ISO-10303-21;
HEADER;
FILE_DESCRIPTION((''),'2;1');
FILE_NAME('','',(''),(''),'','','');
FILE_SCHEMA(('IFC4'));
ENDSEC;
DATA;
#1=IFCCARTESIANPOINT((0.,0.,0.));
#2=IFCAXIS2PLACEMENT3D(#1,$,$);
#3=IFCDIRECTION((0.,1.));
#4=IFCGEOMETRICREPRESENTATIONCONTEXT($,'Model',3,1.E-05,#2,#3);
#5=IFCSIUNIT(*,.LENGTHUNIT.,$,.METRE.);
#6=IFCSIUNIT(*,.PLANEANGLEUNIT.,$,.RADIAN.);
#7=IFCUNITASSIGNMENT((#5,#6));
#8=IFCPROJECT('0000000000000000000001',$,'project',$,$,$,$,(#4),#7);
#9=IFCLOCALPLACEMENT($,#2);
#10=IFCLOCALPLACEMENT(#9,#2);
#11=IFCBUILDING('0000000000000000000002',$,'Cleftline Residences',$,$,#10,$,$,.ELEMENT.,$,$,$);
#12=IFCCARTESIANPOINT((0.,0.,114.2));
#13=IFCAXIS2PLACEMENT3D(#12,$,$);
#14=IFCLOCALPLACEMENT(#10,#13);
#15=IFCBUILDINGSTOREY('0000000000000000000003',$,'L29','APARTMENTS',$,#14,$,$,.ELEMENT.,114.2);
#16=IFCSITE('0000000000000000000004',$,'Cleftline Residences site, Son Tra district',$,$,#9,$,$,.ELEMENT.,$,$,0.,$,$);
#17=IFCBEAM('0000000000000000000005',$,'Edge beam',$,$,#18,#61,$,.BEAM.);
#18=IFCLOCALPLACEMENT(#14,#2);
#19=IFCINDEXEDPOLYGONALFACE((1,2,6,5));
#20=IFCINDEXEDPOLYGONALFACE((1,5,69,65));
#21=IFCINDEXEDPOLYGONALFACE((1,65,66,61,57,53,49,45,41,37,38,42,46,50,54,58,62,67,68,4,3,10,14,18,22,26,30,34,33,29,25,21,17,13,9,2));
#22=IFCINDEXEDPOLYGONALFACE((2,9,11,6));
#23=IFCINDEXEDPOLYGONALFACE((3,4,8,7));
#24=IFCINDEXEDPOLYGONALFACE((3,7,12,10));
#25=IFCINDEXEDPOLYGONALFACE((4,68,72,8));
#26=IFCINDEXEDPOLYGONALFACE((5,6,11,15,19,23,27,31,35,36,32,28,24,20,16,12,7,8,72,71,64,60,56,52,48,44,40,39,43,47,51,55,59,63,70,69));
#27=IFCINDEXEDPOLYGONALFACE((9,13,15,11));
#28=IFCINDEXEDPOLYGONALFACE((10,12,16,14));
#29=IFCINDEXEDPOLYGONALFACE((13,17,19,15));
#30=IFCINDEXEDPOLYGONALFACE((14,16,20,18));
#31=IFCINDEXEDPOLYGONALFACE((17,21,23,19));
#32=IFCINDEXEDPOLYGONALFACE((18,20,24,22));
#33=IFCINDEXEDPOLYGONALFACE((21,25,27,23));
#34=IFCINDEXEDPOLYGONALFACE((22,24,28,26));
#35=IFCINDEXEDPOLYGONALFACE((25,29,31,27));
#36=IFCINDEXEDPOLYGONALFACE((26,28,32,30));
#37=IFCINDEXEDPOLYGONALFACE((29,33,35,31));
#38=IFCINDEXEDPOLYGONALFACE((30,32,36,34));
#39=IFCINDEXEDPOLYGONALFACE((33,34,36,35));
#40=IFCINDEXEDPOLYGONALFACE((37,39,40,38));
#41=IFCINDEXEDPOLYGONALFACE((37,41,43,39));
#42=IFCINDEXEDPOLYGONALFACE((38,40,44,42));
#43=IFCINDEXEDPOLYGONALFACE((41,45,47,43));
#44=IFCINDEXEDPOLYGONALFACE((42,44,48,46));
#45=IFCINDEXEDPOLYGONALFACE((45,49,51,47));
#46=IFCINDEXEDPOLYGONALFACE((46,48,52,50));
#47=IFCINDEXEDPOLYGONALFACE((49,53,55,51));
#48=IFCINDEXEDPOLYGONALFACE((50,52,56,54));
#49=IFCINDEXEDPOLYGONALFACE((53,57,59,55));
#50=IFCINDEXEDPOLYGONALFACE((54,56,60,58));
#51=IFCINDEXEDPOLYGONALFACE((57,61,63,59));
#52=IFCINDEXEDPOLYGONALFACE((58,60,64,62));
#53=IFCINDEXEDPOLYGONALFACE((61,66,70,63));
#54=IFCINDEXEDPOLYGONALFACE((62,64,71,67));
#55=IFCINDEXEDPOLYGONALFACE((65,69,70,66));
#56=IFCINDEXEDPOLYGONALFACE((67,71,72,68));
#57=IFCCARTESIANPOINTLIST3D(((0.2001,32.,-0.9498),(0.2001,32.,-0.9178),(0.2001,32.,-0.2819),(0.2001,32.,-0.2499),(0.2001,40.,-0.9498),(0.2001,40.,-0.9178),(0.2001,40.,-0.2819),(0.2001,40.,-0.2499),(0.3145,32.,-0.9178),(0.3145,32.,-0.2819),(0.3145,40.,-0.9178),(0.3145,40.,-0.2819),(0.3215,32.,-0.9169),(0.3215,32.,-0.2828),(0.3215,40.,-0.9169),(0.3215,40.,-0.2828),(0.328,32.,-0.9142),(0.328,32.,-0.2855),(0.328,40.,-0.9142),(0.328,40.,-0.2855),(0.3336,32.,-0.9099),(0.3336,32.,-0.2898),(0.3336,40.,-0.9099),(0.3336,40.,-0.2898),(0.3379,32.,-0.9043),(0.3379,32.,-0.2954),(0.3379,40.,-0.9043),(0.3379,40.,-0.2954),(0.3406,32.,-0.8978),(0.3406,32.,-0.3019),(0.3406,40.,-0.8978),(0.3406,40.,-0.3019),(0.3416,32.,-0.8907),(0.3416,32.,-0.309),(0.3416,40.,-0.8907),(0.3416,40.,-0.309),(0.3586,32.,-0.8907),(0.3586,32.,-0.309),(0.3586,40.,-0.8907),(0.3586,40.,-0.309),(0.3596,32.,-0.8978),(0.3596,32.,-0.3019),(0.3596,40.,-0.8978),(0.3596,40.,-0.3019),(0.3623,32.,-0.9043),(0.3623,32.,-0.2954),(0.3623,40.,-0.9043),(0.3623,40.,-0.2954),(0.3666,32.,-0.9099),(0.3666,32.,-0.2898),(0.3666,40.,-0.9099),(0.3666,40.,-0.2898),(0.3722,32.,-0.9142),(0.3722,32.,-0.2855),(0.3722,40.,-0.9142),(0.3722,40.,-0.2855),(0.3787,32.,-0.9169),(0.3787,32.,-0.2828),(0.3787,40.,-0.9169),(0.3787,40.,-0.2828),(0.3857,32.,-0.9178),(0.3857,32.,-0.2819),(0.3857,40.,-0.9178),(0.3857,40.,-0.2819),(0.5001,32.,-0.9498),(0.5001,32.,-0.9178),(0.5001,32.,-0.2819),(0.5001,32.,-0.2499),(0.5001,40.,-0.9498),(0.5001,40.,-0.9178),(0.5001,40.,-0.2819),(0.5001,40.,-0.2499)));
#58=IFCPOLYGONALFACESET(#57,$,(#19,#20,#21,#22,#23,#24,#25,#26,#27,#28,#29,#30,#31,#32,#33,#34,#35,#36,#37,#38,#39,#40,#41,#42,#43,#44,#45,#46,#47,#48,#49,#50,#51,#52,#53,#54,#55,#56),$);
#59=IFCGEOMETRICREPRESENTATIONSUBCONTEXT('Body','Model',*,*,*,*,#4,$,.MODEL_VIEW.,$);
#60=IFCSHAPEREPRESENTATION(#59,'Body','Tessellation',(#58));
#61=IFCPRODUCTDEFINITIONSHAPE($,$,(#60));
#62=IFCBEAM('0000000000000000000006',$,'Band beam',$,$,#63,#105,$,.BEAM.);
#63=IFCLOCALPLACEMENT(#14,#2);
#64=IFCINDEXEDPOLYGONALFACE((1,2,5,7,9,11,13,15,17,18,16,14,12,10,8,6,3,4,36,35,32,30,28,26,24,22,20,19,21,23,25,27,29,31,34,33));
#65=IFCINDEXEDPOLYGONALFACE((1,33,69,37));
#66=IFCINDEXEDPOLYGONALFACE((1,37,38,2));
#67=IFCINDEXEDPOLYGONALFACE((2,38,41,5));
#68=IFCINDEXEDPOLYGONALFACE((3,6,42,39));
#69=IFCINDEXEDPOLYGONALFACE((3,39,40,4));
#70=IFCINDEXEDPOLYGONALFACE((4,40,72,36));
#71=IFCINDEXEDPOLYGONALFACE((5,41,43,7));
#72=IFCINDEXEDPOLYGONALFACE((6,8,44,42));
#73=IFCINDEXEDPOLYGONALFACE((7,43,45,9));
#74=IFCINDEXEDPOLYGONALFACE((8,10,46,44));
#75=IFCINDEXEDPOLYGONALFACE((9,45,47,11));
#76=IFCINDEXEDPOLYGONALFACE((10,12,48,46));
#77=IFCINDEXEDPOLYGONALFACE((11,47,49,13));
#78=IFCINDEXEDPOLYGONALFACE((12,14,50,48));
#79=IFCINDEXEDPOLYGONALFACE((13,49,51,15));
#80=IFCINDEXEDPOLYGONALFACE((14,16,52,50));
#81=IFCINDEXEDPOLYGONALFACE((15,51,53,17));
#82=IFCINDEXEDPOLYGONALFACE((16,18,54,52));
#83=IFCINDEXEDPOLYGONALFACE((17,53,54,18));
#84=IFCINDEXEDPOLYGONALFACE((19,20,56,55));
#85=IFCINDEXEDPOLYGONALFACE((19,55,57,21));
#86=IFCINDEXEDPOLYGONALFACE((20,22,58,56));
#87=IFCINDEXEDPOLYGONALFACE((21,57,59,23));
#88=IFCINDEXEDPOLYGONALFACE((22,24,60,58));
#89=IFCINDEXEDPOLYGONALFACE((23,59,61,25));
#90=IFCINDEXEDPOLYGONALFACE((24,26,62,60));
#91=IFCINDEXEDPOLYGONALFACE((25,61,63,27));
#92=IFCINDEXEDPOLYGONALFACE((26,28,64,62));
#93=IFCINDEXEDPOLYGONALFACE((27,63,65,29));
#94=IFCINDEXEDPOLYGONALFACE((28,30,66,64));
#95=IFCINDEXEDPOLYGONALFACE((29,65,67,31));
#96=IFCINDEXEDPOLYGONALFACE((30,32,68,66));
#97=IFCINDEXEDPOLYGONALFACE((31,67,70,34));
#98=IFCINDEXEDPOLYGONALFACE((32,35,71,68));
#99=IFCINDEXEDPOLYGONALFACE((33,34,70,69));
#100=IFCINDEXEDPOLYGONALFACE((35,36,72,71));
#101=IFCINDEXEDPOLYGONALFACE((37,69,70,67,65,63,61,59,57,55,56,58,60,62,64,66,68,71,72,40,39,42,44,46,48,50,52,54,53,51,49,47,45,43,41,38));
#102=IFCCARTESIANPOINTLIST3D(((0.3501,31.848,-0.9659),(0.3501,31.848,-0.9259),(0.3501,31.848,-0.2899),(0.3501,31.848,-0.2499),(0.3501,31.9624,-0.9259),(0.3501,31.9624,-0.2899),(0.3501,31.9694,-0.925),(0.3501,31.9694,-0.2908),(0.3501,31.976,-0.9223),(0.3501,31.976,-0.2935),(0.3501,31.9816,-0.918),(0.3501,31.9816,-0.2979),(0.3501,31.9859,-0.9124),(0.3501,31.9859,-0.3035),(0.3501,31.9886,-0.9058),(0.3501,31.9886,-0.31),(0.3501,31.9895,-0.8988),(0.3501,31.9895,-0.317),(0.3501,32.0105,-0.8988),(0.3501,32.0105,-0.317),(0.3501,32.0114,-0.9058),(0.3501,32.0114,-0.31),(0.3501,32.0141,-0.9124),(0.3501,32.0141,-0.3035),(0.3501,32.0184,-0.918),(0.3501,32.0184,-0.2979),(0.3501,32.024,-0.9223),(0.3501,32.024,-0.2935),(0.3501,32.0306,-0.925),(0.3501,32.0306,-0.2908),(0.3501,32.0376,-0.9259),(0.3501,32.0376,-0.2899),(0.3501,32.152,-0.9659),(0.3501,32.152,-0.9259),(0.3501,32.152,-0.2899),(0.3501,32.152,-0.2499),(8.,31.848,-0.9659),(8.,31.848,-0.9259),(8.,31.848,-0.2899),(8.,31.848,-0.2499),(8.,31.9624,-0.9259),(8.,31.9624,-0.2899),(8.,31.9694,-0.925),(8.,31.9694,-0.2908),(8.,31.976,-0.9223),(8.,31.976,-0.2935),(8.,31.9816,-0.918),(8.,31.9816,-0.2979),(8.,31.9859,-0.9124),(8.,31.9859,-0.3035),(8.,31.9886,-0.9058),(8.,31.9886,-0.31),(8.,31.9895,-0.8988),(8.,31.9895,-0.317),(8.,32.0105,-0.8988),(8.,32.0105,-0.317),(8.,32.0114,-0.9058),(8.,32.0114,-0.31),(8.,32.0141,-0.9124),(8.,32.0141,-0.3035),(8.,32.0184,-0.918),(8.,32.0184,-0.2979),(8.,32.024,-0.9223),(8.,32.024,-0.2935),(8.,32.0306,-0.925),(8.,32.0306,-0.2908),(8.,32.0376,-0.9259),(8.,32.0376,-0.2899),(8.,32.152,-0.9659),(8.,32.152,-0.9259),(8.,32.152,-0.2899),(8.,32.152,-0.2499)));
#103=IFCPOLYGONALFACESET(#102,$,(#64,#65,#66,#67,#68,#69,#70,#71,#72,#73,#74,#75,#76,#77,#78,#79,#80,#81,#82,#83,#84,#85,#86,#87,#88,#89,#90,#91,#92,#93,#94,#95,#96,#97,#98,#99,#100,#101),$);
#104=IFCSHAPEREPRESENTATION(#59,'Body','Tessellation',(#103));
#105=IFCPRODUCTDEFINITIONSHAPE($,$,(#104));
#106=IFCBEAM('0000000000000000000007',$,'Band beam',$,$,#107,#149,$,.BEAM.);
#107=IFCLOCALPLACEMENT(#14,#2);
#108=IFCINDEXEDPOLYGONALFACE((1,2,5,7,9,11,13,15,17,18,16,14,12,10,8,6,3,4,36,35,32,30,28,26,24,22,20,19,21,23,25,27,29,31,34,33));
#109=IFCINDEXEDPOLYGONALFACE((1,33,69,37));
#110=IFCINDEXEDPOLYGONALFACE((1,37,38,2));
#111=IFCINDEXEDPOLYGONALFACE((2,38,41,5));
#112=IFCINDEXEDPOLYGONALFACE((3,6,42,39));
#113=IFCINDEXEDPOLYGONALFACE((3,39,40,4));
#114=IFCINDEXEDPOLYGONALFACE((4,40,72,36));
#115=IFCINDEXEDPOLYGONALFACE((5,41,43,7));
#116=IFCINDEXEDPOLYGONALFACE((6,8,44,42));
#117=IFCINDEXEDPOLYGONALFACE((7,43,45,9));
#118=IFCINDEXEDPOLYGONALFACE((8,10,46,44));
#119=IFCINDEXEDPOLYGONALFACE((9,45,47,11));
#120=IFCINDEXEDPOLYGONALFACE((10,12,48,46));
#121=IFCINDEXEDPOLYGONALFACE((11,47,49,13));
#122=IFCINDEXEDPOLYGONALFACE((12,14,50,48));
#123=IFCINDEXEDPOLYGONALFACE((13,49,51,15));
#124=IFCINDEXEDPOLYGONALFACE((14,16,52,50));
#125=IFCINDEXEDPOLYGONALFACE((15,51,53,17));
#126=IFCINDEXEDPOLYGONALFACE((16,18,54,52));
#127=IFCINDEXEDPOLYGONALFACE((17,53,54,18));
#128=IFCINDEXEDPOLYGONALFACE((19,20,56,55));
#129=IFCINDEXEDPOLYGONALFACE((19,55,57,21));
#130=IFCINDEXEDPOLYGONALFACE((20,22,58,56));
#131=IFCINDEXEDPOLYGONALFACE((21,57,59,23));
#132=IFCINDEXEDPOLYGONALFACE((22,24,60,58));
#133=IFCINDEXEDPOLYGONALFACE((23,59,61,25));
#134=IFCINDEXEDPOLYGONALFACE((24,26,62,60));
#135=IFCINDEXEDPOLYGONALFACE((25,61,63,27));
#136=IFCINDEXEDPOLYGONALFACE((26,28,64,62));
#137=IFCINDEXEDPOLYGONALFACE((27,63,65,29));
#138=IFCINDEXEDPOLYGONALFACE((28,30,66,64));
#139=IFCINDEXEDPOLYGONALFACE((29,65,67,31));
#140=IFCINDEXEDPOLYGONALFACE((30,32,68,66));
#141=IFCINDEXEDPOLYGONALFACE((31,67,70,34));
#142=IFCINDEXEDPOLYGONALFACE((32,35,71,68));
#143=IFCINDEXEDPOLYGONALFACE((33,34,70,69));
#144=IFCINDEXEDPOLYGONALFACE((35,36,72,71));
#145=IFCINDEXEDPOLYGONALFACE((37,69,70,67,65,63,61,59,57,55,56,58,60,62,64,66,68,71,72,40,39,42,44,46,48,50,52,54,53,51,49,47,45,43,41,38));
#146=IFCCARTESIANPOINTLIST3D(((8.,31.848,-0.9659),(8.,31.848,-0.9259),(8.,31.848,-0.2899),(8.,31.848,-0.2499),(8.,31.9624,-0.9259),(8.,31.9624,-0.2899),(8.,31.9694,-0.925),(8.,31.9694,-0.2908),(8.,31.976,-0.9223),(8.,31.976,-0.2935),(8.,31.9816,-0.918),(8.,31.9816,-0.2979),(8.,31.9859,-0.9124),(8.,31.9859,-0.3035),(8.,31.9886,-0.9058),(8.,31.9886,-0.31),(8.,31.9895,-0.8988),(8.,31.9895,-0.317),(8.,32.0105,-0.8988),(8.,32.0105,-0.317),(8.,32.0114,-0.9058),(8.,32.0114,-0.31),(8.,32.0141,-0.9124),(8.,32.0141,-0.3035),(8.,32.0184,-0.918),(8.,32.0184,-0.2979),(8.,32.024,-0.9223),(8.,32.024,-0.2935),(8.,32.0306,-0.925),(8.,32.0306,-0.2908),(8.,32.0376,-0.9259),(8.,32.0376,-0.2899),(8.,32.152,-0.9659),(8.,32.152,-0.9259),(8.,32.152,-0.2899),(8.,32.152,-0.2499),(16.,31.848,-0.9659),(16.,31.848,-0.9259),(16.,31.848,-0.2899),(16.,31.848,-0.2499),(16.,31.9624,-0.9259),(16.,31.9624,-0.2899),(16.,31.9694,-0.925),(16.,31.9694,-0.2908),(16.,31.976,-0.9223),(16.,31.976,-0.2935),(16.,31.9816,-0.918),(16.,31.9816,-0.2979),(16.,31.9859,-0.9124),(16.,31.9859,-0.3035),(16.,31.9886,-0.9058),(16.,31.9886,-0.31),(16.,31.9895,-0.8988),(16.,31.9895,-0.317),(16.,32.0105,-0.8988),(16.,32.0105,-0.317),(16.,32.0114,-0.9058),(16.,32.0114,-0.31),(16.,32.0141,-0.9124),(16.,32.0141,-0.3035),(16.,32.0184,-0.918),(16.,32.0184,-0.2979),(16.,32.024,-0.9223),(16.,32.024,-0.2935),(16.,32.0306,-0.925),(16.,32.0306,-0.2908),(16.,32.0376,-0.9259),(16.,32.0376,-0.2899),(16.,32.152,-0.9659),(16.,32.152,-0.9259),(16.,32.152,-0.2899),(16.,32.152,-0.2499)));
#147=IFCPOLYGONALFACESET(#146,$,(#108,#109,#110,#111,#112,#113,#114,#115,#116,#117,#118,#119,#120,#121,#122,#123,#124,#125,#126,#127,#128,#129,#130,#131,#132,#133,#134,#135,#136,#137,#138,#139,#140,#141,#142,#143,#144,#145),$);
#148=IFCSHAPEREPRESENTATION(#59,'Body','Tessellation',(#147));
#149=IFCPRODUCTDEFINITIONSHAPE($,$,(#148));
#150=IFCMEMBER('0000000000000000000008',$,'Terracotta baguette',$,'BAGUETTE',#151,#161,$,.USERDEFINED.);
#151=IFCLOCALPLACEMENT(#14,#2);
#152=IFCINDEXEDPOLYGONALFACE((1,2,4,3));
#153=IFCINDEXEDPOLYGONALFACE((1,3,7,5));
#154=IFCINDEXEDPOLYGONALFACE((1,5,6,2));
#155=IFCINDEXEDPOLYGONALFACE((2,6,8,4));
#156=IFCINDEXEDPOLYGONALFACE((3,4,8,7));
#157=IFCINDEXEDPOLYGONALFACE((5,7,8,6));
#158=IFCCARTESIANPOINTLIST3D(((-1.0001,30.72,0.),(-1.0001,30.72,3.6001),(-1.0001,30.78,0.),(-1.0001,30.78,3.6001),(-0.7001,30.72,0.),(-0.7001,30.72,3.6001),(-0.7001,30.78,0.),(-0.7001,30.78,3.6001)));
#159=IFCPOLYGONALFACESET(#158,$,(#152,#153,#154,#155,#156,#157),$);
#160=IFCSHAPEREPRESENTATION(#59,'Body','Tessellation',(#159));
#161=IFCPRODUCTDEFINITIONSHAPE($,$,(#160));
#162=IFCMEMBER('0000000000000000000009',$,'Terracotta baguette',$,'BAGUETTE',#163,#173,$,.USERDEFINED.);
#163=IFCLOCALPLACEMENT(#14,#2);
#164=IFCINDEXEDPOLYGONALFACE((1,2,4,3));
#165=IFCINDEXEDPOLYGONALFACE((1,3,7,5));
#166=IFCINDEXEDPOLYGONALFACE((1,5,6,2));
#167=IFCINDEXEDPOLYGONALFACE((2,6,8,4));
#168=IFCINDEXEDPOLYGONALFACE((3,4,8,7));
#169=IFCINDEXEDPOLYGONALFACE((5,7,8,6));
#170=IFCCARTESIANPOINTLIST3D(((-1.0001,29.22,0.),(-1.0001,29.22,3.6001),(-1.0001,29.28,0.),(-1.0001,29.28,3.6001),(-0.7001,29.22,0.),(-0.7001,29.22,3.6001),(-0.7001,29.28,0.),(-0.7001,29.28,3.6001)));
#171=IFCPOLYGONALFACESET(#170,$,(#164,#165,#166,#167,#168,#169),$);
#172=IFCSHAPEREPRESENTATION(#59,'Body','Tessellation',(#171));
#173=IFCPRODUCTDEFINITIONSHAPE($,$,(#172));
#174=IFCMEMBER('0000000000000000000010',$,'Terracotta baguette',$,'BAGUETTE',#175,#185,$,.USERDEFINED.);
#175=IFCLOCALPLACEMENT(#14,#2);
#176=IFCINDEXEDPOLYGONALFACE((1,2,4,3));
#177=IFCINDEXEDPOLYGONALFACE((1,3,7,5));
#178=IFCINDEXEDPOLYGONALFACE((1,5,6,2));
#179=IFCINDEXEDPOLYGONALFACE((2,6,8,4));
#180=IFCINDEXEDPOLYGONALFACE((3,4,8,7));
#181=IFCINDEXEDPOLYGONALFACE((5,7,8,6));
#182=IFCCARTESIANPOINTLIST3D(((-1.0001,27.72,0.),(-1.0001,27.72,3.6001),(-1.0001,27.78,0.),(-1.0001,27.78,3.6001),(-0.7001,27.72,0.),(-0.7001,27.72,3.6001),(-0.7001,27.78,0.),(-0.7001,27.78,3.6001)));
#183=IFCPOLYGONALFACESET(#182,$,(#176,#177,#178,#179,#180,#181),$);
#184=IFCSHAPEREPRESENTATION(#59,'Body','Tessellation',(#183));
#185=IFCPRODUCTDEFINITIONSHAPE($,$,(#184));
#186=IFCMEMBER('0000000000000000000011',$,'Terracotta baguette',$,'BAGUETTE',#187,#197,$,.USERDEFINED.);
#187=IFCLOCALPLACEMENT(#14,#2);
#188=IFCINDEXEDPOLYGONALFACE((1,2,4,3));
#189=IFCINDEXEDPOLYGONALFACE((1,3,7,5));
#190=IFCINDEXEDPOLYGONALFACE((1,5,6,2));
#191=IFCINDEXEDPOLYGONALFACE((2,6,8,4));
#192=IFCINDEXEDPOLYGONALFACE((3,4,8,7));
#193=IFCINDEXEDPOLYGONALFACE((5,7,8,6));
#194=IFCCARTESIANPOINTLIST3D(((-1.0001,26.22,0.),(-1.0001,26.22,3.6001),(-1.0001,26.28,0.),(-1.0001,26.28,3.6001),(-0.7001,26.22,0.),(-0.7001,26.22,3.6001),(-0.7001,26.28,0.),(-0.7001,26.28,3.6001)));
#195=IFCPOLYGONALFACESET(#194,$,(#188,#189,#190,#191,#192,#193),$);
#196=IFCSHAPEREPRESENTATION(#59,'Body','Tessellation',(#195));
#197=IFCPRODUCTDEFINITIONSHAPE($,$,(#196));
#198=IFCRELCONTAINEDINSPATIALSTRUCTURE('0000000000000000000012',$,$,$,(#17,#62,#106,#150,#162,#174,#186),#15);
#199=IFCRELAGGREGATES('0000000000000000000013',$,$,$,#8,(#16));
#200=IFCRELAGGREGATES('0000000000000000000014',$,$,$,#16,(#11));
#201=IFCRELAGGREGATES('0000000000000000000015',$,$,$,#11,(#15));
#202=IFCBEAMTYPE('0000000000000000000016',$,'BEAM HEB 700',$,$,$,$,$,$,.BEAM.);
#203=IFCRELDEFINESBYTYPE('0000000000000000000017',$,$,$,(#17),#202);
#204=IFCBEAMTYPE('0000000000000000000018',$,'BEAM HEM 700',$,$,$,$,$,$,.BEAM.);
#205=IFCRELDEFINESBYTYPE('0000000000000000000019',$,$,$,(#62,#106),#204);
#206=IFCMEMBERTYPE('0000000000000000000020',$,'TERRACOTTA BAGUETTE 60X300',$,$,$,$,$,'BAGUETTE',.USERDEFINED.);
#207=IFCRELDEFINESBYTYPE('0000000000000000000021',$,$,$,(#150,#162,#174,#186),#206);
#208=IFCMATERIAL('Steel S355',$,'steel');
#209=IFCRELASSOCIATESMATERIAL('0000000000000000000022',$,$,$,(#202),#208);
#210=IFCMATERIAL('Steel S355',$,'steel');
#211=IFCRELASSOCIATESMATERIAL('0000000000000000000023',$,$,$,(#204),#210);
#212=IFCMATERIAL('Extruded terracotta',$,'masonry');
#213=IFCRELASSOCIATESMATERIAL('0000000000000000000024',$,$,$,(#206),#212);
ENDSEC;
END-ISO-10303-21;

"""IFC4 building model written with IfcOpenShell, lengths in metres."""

from ifc_helpers import new_model, si_unit, direction, frame, origin, origin_2d, place, context, subcontext, project, spatial, rectangle, i_section, extrude, material, material_profile, profile_set, type_object, element, save


model = new_model("IFC4")

# Units and contexts
model_context = context("Model", 3, precision=1e-05, world=origin(), true_north=direction((0.0, 1.0)))
body_context = subcontext(model_context, "Body", "Model", "MODEL_VIEW")
ifc_project = project(units=[si_unit("LENGTHUNIT", "METRE"), si_unit("PLANEANGLEUNIT", "RADIAN")], contexts=[model_context])

# Site, building, storey
site_placement = place(None, origin())
site = spatial("IfcSite", under=ifc_project, at=site_placement, Name="Cleftline Residences site, Son Tra district", CompositionType="ELEMENT", RefElevation=0.0)
building_placement = place(site_placement, origin())
building = spatial("IfcBuilding", under=site, at=building_placement, Name="Cleftline Residences", CompositionType="ELEMENT")
storey_placement = place(building_placement, frame((0.0, 0.0, 114.2)))
storey = spatial("IfcBuildingStorey", under=building, at=storey_placement, Name="L29", Description="APARTMENTS", CompositionType="ELEMENT", Elevation=114.2)

# Beams
ifc_material_1 = material(Name="Steel S355", Category="steel")
ifc_material_profile_1 = material_profile(ifc_material_1, i_section(OverallWidth=0.3, OverallDepth=0.7, WebThickness=0.0171, FlangeThickness=0.032, FilletRadius=0.0271, at=origin_2d()))
ifc_profile_set_1 = profile_set([ifc_material_profile_1], Name="Steel S355")
beam_type_1 = type_object("IfcBeamType", Name="BEAM HEB 700", PredefinedType="BEAM", material=ifc_profile_set_1)
for number, where, z_axis, x_axis, name in (
    (1, (0.3501, 32.0, -0.5999), (0.0, 1.0, 0.0), (-1.0, 0.0, 0.0), "Edge beam"),
):
    element("IfcBeam", number, at=place(storey_placement, frame(where, z_axis=z_axis, x_axis=x_axis)), inside=storey, type_object=beam_type_1, Name=name, PredefinedType="BEAM", context=body_context, shape_type="SweptSolid", body=[
        extrude(i_section(OverallWidth=0.3, OverallDepth=0.7, WebThickness=0.0171, FlangeThickness=0.032, FilletRadius=0.0271, at=origin_2d()), origin(), (0.0, 0.0, 1.0), 8.0),
    ])
ifc_material_2 = material(Name="Steel S355", Category="steel")
ifc_material_profile_2 = material_profile(ifc_material_2, i_section(OverallWidth=0.304, OverallDepth=0.7161, WebThickness=0.021, FlangeThickness=0.04, FilletRadius=0.0271, at=origin_2d()))
ifc_profile_set_2 = profile_set([ifc_material_profile_2], Name="Steel S355")
beam_type_2 = type_object("IfcBeamType", Name="BEAM HEM 700", PredefinedType="BEAM", material=ifc_profile_set_2)
beam_1_placement = place(storey_placement, frame((0.3501, 32.0, -0.6079), z_axis=(1.0, 0.0, 0.0), x_axis=(0.0, 1.0, 0.0)))
element("IfcBeam", 2, at=beam_1_placement, inside=storey, type_object=beam_type_2, Name="Band beam", PredefinedType="BEAM", context=body_context, shape_type="SweptSolid", body=[
    extrude(i_section(OverallWidth=0.304, OverallDepth=0.7161, WebThickness=0.021, FlangeThickness=0.04, FilletRadius=0.0271, at=origin_2d()), origin(), (0.0, 0.0, 1.0), 7.6499),
])
beam_2_placement = place(storey_placement, frame((8.0, 32.0, -0.6079), z_axis=(1.0, 0.0, 0.0), x_axis=(0.0, 1.0, 0.0)))
element("IfcBeam", 3, at=beam_2_placement, inside=storey, type_object=beam_type_2, Name="Band beam", PredefinedType="BEAM", context=body_context, shape_type="SweptSolid", body=[
    extrude(i_section(OverallWidth=0.304, OverallDepth=0.7161, WebThickness=0.021, FlangeThickness=0.04, FilletRadius=0.0271, at=origin_2d()), origin(), (0.0, 0.0, 1.0), 8.0),
])

# Members
ifc_material_3 = material(Name="Extruded terracotta", Category="masonry")
ifc_material_profile_3 = material_profile(ifc_material_3, rectangle(XDim=0.0601, YDim=0.3, at=origin_2d()))
ifc_profile_set_3 = profile_set([ifc_material_profile_3], Name="Extruded terracotta")
member_type_1 = type_object("IfcMemberType", Name="TERRACOTTA BAGUETTE 60X300", ElementType="BAGUETTE", PredefinedType="USERDEFINED", material=ifc_profile_set_3)
for number, where, z_axis, x_axis, name in (
    (4, (-0.8501, 30.75, 0.0), (0.0, 0.0, 1.0), (0.0, 1.0, 0.0), "Terracotta baguette"),
    (5, (-0.8501, 29.25, 0.0), (0.0, 0.0, 1.0), (0.0, 1.0, 0.0), "Terracotta baguette"),
    (6, (-0.8501, 27.75, 0.0), (0.0, 0.0, 1.0), (0.0, 1.0, 0.0), "Terracotta baguette"),
    (7, (-0.8501, 26.25, 0.0), (0.0, 0.0, 1.0), (0.0, 1.0, 0.0), "Terracotta baguette"),
):
    element("IfcMember", number, at=place(storey_placement, frame(where, z_axis=z_axis, x_axis=x_axis)), inside=storey, type_object=member_type_1, Name=name, ObjectType="BAGUETTE", PredefinedType="USERDEFINED", context=body_context, shape_type="SweptSolid", body=[
        extrude(rectangle(XDim=0.0601, YDim=0.3, at=origin_2d()), origin(), (0.0, 0.0, 1.0), 3.6001),
    ])

save(model, "model.ifc")
